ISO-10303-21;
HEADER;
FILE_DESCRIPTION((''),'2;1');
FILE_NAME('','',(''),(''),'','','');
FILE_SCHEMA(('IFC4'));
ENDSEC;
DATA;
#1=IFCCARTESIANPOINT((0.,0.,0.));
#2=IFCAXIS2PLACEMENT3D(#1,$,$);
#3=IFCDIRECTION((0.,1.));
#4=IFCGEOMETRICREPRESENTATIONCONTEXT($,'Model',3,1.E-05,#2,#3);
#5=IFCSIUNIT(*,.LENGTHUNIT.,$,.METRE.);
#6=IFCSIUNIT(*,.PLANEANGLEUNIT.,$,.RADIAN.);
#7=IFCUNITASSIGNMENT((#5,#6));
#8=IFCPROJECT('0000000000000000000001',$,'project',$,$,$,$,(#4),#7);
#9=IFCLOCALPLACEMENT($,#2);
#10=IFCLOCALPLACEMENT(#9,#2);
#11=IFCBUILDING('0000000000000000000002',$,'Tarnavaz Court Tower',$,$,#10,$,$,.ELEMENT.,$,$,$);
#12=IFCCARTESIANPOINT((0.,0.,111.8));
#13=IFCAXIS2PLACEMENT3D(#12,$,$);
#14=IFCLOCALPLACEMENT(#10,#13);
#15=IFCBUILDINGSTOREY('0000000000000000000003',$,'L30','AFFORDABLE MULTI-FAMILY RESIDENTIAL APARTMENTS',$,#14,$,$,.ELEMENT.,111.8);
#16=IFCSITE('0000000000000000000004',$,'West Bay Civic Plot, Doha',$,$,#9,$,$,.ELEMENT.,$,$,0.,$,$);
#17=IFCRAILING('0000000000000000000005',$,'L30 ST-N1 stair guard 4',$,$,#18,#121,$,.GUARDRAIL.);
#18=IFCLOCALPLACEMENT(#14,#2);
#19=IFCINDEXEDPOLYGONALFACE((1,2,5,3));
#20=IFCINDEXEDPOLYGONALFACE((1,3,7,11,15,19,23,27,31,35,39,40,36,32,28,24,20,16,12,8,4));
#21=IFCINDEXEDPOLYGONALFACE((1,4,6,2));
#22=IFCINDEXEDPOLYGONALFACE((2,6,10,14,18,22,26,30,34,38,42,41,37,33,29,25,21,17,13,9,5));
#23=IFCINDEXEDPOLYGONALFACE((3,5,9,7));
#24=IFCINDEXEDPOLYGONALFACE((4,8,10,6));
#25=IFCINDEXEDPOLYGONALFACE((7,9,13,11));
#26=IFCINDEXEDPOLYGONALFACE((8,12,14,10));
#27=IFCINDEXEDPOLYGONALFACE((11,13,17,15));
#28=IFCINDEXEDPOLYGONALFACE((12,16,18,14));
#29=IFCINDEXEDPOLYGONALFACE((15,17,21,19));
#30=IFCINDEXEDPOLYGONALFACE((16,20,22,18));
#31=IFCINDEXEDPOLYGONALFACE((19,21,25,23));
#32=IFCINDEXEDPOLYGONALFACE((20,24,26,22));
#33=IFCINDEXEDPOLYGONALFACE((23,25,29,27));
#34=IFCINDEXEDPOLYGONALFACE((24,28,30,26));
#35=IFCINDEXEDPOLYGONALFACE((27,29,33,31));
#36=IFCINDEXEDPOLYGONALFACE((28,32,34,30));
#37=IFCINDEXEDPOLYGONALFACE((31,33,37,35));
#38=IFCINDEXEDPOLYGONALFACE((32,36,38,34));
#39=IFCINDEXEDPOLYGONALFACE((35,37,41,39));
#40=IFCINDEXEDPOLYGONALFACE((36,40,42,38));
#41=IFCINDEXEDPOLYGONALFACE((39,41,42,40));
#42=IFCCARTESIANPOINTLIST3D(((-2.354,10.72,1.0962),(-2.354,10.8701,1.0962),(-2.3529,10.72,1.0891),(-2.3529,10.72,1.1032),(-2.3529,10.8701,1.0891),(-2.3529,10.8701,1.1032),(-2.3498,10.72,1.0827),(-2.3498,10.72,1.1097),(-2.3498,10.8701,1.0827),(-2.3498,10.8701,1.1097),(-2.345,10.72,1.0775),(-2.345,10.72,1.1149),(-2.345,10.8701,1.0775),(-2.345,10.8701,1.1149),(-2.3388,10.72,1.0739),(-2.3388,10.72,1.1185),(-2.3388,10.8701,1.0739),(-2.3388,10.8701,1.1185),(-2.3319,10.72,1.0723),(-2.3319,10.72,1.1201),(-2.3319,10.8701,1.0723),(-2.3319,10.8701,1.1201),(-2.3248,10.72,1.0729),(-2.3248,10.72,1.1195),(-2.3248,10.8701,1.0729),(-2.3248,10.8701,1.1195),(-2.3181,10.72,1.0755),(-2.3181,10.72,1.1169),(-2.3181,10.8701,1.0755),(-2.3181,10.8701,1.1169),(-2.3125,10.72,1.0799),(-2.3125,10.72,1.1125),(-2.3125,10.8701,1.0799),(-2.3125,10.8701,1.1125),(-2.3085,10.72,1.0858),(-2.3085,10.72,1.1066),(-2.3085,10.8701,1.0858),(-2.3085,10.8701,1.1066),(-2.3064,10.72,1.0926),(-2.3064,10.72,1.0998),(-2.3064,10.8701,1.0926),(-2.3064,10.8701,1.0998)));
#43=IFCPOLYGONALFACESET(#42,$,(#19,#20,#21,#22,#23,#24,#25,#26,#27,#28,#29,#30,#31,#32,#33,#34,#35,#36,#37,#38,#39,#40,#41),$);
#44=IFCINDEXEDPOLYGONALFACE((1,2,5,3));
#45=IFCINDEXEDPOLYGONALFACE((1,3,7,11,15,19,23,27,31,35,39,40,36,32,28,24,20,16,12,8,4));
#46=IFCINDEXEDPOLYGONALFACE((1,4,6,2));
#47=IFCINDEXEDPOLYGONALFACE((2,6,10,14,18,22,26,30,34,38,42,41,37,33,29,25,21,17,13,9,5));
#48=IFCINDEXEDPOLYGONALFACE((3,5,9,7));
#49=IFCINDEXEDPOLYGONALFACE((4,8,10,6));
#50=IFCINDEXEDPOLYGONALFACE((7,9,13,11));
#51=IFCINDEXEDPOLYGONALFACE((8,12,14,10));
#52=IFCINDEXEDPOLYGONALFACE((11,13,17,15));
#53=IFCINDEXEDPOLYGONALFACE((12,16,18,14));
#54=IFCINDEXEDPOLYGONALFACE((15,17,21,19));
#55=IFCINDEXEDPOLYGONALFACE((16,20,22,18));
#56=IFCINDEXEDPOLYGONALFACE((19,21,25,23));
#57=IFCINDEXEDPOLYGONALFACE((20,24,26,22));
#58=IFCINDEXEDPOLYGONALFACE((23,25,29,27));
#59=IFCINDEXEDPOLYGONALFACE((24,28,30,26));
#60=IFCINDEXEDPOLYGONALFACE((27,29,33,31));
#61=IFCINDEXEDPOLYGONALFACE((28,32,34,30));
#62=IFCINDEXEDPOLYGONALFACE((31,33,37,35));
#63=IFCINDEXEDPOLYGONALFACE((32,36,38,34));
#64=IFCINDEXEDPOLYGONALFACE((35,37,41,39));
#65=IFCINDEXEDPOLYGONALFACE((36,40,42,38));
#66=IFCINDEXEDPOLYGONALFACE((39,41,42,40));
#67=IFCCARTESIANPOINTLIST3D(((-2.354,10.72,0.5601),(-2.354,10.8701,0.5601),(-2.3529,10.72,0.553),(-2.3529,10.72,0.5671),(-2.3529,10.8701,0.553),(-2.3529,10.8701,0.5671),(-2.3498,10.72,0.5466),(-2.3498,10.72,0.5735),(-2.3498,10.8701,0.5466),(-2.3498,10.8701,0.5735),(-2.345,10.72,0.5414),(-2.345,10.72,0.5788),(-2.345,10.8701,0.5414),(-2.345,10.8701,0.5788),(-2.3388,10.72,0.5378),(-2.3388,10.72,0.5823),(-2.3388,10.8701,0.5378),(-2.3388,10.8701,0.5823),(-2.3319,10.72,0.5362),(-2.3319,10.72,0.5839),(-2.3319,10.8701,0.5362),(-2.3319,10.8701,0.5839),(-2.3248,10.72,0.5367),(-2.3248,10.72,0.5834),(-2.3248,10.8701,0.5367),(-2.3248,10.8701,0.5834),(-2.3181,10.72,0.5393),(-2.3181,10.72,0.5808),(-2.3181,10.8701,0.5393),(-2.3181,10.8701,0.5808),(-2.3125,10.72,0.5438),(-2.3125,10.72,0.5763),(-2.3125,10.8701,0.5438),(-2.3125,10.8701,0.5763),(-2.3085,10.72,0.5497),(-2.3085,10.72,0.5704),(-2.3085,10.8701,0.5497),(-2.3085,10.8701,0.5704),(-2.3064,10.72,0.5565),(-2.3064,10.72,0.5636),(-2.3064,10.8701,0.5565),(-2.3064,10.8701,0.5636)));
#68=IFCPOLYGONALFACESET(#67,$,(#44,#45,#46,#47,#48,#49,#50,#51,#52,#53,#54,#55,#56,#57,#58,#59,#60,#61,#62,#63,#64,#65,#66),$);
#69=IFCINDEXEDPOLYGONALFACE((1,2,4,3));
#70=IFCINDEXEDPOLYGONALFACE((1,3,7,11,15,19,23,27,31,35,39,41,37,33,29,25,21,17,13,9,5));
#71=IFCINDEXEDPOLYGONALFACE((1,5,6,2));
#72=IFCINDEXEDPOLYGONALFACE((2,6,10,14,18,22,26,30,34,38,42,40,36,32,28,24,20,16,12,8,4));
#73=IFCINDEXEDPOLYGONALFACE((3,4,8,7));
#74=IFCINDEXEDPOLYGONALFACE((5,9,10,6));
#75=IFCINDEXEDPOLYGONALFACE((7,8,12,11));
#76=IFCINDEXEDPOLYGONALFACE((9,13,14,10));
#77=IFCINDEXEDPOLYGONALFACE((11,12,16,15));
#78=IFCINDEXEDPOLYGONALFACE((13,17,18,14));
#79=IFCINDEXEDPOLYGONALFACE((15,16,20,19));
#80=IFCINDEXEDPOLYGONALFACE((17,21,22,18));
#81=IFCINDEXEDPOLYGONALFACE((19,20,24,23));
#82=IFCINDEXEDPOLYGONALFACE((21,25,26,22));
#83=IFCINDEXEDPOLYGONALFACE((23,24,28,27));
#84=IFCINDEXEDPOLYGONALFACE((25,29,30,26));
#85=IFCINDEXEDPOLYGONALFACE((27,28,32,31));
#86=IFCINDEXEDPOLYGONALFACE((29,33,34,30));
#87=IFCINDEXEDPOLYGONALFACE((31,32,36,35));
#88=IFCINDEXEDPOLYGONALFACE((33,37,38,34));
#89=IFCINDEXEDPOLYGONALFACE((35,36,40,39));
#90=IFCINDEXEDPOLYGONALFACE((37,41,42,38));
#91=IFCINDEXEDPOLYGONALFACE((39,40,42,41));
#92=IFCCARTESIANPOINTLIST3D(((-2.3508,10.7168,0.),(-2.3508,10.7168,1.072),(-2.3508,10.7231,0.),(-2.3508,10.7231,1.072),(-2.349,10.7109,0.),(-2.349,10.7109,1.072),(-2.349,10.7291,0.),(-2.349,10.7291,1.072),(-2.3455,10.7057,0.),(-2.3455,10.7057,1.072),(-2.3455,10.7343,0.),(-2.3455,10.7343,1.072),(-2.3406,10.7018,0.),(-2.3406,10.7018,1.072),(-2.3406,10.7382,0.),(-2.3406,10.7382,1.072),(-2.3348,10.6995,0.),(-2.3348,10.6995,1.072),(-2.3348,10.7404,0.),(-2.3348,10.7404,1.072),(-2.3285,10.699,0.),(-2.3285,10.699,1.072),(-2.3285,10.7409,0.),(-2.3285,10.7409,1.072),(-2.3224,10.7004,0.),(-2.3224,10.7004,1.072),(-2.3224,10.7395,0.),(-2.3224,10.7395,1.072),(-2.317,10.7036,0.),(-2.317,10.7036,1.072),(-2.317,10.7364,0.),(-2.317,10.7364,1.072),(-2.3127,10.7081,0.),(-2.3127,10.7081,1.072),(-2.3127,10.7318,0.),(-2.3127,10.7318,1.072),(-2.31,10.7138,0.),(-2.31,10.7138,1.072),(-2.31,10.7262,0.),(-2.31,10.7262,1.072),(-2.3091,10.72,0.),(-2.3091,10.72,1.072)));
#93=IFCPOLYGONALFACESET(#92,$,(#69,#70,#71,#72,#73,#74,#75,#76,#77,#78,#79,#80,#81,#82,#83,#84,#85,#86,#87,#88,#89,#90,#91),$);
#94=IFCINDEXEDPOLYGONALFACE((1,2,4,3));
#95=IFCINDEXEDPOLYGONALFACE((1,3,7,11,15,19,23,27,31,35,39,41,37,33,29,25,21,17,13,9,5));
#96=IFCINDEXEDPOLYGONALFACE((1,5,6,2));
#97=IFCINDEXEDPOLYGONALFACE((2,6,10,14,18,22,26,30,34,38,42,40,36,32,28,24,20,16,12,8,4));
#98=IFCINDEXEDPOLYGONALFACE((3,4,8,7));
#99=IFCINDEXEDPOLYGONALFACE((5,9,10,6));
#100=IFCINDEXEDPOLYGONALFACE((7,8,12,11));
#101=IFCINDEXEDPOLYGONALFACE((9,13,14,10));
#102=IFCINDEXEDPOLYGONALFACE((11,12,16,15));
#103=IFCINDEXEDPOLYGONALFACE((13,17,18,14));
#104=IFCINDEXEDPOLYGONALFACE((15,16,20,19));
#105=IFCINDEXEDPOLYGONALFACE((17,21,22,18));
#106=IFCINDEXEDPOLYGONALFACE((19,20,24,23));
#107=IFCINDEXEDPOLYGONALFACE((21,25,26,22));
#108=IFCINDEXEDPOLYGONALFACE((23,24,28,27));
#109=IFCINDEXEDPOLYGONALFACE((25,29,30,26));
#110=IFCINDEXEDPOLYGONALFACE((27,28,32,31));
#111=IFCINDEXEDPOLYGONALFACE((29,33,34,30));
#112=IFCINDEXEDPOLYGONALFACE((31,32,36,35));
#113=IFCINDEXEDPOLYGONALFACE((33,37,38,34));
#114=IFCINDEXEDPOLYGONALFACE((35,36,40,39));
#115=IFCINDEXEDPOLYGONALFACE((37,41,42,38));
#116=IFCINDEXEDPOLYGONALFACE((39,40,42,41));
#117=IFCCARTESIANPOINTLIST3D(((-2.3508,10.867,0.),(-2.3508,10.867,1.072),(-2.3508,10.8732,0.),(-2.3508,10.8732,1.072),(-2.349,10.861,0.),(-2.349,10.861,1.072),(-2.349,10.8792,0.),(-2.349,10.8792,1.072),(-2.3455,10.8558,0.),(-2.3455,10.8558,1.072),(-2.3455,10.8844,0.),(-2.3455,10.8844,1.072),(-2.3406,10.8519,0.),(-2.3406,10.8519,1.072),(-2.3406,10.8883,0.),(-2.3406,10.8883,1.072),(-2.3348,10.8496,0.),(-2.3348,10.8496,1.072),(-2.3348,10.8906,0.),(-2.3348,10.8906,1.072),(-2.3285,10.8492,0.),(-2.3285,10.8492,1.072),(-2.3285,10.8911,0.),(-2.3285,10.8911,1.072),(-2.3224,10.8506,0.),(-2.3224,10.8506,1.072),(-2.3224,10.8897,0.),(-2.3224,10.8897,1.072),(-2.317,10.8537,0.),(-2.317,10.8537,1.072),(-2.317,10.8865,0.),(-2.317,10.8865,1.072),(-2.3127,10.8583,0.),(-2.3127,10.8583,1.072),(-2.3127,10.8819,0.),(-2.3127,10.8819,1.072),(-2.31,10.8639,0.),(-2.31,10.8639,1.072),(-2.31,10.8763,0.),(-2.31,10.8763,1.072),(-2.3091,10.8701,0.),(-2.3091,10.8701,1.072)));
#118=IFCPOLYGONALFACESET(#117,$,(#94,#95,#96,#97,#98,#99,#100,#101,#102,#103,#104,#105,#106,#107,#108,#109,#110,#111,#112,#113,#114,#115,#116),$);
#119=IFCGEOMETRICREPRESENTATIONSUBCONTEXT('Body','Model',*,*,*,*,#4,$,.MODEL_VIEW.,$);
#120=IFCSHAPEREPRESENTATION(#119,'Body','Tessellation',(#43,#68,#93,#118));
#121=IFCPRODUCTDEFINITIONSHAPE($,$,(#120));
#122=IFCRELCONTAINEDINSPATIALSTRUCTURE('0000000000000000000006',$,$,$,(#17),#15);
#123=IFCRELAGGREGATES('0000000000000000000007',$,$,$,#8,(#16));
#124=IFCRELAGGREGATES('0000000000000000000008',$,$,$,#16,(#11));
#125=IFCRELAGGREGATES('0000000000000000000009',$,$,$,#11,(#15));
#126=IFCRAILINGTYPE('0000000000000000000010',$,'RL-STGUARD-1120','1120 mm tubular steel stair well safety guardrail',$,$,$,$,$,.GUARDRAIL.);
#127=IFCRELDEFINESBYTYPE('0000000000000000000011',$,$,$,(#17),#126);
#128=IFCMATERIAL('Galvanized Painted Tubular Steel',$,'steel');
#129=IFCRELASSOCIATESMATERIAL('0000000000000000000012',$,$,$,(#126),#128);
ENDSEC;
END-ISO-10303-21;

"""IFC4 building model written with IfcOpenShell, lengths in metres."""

from ifc_helpers import new_model, si_unit, direction, frame, origin, origin_2d, place, context, subcontext, project, spatial, circle, extrude, material, type_object, element, save


model = new_model("IFC4")

# Units and contexts
model_context = context("Model", 3, precision=1e-05, world=origin(), true_north=direction((0.0, 1.0)))
body_context = subcontext(model_context, "Body", "Model", "MODEL_VIEW")
ifc_project = project(units=[si_unit("LENGTHUNIT", "METRE"), si_unit("PLANEANGLEUNIT", "RADIAN")], contexts=[model_context])

# Site, building, storey
site_placement = place(None, origin())
site = spatial("IfcSite", under=ifc_project, at=site_placement, Name="West Bay Civic Plot, Doha", CompositionType="ELEMENT", RefElevation=0.0)
building_placement = place(site_placement, origin())
building = spatial("IfcBuilding", under=site, at=building_placement, Name="Tarnavaz Court Tower", CompositionType="ELEMENT")
storey_placement = place(building_placement, frame((0.0, 0.0, 111.8)))
storey = spatial("IfcBuildingStorey", under=building, at=storey_placement, Name="L30", Description="AFFORDABLE MULTI-FAMILY RESIDENTIAL APARTMENTS", CompositionType="ELEMENT", Elevation=111.8)

# Railing
ifc_material_1 = material(Name="Galvanized Painted Tubular Steel", Category="steel")
railing_type_1 = type_object("IfcRailingType", Name="RL-STGUARD-1120", Description="1120 mm tubular steel stair well safety guardrail", PredefinedType="GUARDRAIL", material=ifc_material_1)
railing_1_placement = place(storey_placement, frame((-2.3301, 10.72, 0.0)))
element("IfcRailing", 1, at=railing_1_placement, inside=storey, type_object=railing_type_1, Name="L30 ST-N1 stair guard 4", PredefinedType="GUARDRAIL", context=body_context, shape_type="SweptSolid", body=[
    extrude(circle(Radius=0.0239, at=origin_2d()), frame((0.0, 0.0, 1.0962), z_axis=(0.0, 1.0, 0.0), x_axis=(-1.0, 0.0, 0.0)), (0.0, 0.0, 1.0), 0.1501),
    extrude(circle(Radius=0.0239, at=origin_2d()), frame((0.0, 0.0, 0.5601), z_axis=(0.0, 1.0, 0.0), x_axis=(-1.0, 0.0, 0.0)), (0.0, 0.0, 1.0), 0.1501),
    extrude(circle(Radius=0.021, at=origin_2d()), origin(), (0.0, 0.0, 1.0), 1.072),
    extrude(circle(Radius=0.021, at=origin_2d()), frame((0.0, 0.1501, 0.0)), (0.0, 0.0, 1.0), 1.072),
])

save(model, "model.ifc")
